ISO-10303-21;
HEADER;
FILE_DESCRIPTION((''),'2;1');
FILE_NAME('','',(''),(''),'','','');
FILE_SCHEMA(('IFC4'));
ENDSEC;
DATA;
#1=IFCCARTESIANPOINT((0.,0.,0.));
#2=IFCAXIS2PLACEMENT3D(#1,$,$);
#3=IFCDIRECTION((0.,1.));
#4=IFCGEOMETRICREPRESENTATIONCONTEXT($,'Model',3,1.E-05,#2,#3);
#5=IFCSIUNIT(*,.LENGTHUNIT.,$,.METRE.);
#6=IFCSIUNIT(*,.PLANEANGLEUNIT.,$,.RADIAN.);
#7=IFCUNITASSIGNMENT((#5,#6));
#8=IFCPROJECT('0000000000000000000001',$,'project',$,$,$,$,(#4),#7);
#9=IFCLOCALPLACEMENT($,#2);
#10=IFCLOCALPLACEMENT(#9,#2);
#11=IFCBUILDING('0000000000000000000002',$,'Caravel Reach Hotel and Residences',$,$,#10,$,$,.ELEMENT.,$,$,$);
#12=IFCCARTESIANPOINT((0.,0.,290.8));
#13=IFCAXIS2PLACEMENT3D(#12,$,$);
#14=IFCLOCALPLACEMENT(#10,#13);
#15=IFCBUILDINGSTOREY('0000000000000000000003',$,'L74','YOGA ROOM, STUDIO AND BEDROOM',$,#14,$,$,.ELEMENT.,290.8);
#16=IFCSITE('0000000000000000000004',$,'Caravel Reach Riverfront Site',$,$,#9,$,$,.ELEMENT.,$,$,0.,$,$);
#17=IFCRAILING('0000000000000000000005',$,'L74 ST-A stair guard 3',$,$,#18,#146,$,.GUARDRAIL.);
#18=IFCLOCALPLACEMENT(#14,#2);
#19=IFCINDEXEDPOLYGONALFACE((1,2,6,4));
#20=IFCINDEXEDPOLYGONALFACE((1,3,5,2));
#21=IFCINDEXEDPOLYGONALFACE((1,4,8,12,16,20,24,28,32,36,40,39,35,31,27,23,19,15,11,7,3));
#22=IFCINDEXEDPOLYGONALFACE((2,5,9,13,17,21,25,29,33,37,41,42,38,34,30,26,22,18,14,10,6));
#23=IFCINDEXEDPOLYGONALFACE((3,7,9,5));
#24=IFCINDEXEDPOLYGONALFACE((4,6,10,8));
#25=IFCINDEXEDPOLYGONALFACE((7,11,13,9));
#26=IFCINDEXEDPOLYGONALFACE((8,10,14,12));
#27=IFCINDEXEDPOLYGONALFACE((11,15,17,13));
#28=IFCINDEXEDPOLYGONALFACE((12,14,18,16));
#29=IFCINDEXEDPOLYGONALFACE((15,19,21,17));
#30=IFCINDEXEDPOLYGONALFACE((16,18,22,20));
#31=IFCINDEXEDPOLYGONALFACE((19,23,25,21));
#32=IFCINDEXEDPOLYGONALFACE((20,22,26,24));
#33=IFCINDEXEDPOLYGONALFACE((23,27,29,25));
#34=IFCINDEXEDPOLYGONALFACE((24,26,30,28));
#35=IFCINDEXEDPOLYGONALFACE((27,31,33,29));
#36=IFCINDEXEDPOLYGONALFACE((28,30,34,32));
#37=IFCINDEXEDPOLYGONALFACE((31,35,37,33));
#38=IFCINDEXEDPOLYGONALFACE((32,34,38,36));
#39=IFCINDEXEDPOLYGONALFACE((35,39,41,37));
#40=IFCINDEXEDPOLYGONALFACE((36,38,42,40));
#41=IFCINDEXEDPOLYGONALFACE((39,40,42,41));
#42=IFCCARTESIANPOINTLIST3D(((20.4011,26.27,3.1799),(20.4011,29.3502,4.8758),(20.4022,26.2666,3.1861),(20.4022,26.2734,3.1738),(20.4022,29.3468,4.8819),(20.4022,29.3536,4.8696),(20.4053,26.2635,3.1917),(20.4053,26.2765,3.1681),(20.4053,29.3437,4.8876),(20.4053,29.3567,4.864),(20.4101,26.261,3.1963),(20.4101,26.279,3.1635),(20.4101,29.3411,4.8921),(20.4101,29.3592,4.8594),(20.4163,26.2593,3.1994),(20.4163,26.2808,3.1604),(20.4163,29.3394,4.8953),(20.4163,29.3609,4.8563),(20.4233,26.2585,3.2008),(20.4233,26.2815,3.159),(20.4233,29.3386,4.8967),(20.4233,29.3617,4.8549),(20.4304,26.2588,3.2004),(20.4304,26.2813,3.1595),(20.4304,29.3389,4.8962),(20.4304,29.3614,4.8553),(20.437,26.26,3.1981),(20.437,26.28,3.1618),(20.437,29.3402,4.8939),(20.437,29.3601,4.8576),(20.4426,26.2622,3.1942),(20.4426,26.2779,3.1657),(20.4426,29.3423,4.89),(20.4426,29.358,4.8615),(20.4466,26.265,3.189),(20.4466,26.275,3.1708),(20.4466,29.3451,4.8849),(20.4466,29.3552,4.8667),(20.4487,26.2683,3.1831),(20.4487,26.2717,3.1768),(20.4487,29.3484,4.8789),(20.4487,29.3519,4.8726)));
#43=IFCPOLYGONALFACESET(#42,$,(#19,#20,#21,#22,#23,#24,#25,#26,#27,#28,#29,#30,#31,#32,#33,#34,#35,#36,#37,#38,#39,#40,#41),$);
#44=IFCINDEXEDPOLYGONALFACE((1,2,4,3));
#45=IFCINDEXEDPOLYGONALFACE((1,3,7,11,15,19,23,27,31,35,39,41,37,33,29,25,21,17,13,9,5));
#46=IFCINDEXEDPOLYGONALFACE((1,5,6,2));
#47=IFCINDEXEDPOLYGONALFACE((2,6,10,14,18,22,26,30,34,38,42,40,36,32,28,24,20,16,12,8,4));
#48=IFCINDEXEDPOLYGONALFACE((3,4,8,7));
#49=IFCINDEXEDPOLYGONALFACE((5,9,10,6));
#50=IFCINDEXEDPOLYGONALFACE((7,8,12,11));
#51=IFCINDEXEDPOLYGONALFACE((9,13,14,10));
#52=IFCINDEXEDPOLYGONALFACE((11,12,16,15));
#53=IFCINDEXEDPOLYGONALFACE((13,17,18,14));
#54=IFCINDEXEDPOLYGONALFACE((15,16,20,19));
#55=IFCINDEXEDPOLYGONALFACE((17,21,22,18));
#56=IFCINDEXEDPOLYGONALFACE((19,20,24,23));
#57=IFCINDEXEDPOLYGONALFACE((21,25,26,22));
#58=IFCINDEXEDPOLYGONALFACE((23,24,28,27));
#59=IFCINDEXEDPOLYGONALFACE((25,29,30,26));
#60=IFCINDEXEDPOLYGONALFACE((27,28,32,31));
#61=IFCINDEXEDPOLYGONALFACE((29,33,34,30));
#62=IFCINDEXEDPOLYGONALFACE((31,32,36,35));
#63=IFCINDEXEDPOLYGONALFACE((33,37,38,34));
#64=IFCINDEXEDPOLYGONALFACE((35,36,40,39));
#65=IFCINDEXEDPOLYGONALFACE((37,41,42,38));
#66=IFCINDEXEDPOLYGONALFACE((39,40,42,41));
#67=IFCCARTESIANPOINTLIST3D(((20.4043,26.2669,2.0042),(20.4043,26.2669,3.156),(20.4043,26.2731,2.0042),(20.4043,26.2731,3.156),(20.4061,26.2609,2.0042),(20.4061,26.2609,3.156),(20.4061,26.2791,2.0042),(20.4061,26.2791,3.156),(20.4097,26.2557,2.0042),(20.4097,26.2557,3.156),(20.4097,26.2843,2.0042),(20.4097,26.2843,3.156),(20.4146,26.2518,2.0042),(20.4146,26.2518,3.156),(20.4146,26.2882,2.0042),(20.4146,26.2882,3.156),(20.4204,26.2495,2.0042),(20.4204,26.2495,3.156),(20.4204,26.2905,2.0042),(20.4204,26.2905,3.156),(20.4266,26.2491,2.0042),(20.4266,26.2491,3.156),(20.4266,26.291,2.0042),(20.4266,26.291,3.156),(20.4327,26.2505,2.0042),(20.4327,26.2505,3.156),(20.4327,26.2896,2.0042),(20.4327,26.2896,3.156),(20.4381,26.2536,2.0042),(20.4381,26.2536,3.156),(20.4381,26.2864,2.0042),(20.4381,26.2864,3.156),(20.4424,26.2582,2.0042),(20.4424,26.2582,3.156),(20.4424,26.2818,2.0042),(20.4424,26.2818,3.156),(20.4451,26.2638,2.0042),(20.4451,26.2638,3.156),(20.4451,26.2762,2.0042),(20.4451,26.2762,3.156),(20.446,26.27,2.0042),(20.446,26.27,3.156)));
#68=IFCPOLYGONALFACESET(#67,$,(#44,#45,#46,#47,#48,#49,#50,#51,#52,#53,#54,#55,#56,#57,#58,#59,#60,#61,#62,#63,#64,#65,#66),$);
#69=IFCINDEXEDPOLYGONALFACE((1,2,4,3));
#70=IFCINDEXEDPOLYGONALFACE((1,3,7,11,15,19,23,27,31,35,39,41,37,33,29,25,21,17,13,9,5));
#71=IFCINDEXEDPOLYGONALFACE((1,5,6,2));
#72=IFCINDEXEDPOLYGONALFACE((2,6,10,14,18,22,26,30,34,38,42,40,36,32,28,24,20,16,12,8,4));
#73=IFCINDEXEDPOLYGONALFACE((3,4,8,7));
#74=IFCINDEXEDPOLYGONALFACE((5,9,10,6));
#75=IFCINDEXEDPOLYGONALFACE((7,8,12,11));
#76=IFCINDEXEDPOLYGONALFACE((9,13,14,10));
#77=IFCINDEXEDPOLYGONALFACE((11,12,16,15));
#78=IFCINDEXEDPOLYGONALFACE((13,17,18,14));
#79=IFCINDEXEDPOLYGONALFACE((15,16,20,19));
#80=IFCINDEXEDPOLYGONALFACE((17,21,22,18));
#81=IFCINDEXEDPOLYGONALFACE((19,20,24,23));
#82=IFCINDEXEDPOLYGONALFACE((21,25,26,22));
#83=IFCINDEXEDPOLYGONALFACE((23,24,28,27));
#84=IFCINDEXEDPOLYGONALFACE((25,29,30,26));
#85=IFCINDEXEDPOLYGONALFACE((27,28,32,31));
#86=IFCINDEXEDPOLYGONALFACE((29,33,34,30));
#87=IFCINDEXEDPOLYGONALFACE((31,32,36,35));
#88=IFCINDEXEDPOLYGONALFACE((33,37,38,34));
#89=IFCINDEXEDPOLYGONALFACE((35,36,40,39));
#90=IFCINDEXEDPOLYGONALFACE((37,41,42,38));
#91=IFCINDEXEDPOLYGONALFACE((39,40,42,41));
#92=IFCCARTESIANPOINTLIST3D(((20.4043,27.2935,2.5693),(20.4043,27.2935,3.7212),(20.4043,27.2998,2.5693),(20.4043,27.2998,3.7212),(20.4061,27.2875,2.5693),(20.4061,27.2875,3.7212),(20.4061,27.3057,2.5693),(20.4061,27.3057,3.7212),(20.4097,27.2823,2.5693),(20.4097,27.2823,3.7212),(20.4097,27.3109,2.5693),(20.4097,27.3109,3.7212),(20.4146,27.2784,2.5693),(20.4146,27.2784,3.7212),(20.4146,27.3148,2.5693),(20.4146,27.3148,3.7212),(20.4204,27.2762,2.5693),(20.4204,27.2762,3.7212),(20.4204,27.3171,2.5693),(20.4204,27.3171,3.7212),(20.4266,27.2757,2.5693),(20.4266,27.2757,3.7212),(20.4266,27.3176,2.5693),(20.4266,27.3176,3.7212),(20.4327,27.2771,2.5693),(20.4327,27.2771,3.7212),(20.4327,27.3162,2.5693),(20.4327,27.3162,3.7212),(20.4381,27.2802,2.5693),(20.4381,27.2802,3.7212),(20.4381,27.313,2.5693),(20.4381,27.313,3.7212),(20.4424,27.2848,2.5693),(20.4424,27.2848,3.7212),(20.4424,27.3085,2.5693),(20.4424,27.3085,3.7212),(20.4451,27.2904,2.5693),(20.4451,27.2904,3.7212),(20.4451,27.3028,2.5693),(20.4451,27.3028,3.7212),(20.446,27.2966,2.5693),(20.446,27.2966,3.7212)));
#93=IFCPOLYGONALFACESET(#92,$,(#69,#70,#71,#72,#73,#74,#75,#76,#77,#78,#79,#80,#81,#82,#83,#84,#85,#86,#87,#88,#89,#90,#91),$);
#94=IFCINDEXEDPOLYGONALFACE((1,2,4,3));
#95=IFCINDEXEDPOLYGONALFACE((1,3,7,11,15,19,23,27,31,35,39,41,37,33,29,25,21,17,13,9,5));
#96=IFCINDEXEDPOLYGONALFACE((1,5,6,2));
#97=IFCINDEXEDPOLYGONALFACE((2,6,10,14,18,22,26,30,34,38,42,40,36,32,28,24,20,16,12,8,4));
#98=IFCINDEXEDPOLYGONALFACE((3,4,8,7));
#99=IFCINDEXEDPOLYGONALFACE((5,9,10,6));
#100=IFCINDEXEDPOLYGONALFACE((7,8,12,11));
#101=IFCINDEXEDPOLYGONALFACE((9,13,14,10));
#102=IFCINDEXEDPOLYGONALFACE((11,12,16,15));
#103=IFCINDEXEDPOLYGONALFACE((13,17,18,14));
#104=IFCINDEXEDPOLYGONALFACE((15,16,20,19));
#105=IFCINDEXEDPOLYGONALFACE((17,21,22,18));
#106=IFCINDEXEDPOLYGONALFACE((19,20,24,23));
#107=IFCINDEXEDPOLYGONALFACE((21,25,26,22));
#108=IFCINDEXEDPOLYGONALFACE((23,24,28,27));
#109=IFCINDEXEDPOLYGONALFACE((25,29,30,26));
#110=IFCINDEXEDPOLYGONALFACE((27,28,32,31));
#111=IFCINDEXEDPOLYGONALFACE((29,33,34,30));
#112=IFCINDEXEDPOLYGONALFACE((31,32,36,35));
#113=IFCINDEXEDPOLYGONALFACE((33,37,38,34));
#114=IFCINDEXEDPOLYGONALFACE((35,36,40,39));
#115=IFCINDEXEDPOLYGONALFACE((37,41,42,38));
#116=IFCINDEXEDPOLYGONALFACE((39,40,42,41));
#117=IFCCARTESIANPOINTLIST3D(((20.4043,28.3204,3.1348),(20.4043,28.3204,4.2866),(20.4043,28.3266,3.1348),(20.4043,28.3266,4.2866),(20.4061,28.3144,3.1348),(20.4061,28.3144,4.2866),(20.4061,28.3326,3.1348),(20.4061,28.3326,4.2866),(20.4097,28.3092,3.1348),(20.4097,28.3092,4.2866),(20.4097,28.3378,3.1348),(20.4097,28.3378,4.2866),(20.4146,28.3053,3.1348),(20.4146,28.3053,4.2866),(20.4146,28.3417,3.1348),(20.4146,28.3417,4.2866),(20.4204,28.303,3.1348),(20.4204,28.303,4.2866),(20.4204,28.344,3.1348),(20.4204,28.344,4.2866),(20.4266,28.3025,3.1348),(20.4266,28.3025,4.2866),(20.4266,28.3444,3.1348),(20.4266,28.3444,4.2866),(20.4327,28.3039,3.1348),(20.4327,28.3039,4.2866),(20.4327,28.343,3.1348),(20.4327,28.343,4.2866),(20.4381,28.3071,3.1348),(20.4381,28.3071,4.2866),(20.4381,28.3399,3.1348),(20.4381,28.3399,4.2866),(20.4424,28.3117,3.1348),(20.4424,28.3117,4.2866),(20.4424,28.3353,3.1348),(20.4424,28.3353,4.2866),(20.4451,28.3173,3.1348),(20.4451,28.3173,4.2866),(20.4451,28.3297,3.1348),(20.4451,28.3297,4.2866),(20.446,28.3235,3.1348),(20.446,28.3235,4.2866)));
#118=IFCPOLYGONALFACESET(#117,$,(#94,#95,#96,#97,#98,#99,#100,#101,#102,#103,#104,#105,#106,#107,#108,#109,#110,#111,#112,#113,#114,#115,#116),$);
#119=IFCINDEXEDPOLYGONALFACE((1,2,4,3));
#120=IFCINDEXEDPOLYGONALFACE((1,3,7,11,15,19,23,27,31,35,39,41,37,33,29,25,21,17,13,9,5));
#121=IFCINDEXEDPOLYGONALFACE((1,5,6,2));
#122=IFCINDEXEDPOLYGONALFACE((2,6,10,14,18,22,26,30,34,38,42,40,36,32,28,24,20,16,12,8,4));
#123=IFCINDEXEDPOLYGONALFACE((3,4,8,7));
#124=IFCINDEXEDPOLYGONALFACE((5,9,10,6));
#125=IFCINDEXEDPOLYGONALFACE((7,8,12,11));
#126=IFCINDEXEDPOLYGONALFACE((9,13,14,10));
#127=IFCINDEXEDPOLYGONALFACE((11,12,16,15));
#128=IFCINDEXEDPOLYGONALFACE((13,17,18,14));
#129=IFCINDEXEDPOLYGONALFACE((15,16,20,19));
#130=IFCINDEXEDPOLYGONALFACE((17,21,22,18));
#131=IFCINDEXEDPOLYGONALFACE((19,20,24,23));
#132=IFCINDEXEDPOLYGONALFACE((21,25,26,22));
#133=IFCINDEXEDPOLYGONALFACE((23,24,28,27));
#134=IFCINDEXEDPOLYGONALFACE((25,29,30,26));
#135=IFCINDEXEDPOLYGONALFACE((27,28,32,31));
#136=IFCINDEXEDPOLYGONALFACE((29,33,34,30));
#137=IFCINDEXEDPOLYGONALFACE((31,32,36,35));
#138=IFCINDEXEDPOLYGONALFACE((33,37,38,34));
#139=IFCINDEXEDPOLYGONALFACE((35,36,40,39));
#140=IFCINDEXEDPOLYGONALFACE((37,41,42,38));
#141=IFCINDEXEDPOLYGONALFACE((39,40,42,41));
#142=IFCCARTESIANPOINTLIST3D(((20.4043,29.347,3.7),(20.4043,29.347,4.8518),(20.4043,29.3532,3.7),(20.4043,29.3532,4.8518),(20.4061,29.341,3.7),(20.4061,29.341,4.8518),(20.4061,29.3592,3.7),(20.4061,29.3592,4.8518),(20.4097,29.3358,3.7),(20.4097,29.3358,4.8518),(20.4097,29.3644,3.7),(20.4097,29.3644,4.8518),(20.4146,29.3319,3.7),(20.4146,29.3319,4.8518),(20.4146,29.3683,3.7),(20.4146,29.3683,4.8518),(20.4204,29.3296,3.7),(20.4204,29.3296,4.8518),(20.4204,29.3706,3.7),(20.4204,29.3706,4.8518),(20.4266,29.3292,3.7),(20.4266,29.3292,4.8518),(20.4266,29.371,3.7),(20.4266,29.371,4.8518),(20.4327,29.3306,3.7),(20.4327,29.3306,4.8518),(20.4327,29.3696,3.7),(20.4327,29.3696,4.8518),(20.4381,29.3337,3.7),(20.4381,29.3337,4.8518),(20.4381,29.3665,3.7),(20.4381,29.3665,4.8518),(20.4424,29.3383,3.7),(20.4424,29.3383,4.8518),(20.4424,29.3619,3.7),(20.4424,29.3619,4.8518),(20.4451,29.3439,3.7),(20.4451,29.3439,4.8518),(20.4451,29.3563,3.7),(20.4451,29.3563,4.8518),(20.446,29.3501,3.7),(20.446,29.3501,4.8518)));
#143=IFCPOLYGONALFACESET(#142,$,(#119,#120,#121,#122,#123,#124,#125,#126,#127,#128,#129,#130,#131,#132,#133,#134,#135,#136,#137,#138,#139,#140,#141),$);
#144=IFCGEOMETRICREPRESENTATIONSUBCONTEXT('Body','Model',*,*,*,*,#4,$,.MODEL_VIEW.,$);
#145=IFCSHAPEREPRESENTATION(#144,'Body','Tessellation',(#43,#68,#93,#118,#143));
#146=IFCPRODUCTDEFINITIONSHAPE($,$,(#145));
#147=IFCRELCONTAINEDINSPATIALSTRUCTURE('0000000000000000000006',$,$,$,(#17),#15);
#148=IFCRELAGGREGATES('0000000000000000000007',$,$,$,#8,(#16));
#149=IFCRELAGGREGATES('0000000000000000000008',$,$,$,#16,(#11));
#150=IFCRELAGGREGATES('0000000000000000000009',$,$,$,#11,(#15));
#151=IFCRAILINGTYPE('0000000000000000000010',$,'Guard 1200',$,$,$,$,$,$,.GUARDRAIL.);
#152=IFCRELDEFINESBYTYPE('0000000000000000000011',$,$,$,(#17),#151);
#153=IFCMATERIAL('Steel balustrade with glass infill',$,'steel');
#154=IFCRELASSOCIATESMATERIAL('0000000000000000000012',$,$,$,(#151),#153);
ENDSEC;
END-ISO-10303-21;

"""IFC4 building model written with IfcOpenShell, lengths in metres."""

from ifc_helpers import new_model, si_unit, direction, frame, origin, origin_2d, place, context, subcontext, project, spatial, circle, extrude, material, type_object, element, save


model = new_model("IFC4")

# Units and contexts
model_context = context("Model", 3, precision=1e-05, world=origin(), true_north=direction((0.0, 1.0)))
body_context = subcontext(model_context, "Body", "Model", "MODEL_VIEW")
ifc_project = project(units=[si_unit("LENGTHUNIT", "METRE"), si_unit("PLANEANGLEUNIT", "RADIAN")], contexts=[model_context])

# Site, building, storey
site_placement = place(None, origin())
site = spatial("IfcSite", under=ifc_project, at=site_placement, Name="Caravel Reach Riverfront Site", CompositionType="ELEMENT", RefElevation=0.0)
building_placement = place(site_placement, origin())
building = spatial("IfcBuilding", under=site, at=building_placement, Name="Caravel Reach Hotel and Residences", CompositionType="ELEMENT")
storey_placement = place(building_placement, frame((0.0, 0.0, 290.8)))
storey = spatial("IfcBuildingStorey", under=building, at=storey_placement, Name="L74", Description="YOGA ROOM, STUDIO AND BEDROOM", CompositionType="ELEMENT", Elevation=290.8)

# Railing
ifc_material_1 = material(Name="Steel balustrade with glass infill", Category="steel")
railing_type_1 = type_object("IfcRailingType", Name="Guard 1200", PredefinedType="GUARDRAIL", material=ifc_material_1)
railing_1_placement = place(storey_placement, frame((20.425, 26.27, 2.0042)))
element("IfcRailing", 1, at=railing_1_placement, inside=storey, type_object=railing_type_1, Name="L74 ST-A stair guard 3", PredefinedType="GUARDRAIL", context=body_context, shape_type="SweptSolid", body=[
    extrude(circle(Radius=0.0239, at=origin_2d()), frame((0.0, 0.0, 1.1758), z_axis=(0.0, 0.876005, 0.482303), x_axis=(-1.0, 0.0, 0.0)), (0.0, 0.0, 1.0), 3.5161),
    extrude(circle(Radius=0.021, at=origin_2d()), origin(), (0.0, 0.0, 1.0), 1.1519),
    extrude(circle(Radius=0.021, at=origin_2d()), frame((0.0, 1.0266, 0.5652)), (0.0, 0.0, 1.0), 1.1519),
    extrude(circle(Radius=0.021, at=origin_2d()), frame((0.0, 2.0535, 1.1306)), (0.0, 0.0, 1.0), 1.1519),
    extrude(circle(Radius=0.021, at=origin_2d()), frame((0.0, 3.0801, 1.6958)), (0.0, 0.0, 1.0), 1.1519),
])

save(model, "model.ifc")
